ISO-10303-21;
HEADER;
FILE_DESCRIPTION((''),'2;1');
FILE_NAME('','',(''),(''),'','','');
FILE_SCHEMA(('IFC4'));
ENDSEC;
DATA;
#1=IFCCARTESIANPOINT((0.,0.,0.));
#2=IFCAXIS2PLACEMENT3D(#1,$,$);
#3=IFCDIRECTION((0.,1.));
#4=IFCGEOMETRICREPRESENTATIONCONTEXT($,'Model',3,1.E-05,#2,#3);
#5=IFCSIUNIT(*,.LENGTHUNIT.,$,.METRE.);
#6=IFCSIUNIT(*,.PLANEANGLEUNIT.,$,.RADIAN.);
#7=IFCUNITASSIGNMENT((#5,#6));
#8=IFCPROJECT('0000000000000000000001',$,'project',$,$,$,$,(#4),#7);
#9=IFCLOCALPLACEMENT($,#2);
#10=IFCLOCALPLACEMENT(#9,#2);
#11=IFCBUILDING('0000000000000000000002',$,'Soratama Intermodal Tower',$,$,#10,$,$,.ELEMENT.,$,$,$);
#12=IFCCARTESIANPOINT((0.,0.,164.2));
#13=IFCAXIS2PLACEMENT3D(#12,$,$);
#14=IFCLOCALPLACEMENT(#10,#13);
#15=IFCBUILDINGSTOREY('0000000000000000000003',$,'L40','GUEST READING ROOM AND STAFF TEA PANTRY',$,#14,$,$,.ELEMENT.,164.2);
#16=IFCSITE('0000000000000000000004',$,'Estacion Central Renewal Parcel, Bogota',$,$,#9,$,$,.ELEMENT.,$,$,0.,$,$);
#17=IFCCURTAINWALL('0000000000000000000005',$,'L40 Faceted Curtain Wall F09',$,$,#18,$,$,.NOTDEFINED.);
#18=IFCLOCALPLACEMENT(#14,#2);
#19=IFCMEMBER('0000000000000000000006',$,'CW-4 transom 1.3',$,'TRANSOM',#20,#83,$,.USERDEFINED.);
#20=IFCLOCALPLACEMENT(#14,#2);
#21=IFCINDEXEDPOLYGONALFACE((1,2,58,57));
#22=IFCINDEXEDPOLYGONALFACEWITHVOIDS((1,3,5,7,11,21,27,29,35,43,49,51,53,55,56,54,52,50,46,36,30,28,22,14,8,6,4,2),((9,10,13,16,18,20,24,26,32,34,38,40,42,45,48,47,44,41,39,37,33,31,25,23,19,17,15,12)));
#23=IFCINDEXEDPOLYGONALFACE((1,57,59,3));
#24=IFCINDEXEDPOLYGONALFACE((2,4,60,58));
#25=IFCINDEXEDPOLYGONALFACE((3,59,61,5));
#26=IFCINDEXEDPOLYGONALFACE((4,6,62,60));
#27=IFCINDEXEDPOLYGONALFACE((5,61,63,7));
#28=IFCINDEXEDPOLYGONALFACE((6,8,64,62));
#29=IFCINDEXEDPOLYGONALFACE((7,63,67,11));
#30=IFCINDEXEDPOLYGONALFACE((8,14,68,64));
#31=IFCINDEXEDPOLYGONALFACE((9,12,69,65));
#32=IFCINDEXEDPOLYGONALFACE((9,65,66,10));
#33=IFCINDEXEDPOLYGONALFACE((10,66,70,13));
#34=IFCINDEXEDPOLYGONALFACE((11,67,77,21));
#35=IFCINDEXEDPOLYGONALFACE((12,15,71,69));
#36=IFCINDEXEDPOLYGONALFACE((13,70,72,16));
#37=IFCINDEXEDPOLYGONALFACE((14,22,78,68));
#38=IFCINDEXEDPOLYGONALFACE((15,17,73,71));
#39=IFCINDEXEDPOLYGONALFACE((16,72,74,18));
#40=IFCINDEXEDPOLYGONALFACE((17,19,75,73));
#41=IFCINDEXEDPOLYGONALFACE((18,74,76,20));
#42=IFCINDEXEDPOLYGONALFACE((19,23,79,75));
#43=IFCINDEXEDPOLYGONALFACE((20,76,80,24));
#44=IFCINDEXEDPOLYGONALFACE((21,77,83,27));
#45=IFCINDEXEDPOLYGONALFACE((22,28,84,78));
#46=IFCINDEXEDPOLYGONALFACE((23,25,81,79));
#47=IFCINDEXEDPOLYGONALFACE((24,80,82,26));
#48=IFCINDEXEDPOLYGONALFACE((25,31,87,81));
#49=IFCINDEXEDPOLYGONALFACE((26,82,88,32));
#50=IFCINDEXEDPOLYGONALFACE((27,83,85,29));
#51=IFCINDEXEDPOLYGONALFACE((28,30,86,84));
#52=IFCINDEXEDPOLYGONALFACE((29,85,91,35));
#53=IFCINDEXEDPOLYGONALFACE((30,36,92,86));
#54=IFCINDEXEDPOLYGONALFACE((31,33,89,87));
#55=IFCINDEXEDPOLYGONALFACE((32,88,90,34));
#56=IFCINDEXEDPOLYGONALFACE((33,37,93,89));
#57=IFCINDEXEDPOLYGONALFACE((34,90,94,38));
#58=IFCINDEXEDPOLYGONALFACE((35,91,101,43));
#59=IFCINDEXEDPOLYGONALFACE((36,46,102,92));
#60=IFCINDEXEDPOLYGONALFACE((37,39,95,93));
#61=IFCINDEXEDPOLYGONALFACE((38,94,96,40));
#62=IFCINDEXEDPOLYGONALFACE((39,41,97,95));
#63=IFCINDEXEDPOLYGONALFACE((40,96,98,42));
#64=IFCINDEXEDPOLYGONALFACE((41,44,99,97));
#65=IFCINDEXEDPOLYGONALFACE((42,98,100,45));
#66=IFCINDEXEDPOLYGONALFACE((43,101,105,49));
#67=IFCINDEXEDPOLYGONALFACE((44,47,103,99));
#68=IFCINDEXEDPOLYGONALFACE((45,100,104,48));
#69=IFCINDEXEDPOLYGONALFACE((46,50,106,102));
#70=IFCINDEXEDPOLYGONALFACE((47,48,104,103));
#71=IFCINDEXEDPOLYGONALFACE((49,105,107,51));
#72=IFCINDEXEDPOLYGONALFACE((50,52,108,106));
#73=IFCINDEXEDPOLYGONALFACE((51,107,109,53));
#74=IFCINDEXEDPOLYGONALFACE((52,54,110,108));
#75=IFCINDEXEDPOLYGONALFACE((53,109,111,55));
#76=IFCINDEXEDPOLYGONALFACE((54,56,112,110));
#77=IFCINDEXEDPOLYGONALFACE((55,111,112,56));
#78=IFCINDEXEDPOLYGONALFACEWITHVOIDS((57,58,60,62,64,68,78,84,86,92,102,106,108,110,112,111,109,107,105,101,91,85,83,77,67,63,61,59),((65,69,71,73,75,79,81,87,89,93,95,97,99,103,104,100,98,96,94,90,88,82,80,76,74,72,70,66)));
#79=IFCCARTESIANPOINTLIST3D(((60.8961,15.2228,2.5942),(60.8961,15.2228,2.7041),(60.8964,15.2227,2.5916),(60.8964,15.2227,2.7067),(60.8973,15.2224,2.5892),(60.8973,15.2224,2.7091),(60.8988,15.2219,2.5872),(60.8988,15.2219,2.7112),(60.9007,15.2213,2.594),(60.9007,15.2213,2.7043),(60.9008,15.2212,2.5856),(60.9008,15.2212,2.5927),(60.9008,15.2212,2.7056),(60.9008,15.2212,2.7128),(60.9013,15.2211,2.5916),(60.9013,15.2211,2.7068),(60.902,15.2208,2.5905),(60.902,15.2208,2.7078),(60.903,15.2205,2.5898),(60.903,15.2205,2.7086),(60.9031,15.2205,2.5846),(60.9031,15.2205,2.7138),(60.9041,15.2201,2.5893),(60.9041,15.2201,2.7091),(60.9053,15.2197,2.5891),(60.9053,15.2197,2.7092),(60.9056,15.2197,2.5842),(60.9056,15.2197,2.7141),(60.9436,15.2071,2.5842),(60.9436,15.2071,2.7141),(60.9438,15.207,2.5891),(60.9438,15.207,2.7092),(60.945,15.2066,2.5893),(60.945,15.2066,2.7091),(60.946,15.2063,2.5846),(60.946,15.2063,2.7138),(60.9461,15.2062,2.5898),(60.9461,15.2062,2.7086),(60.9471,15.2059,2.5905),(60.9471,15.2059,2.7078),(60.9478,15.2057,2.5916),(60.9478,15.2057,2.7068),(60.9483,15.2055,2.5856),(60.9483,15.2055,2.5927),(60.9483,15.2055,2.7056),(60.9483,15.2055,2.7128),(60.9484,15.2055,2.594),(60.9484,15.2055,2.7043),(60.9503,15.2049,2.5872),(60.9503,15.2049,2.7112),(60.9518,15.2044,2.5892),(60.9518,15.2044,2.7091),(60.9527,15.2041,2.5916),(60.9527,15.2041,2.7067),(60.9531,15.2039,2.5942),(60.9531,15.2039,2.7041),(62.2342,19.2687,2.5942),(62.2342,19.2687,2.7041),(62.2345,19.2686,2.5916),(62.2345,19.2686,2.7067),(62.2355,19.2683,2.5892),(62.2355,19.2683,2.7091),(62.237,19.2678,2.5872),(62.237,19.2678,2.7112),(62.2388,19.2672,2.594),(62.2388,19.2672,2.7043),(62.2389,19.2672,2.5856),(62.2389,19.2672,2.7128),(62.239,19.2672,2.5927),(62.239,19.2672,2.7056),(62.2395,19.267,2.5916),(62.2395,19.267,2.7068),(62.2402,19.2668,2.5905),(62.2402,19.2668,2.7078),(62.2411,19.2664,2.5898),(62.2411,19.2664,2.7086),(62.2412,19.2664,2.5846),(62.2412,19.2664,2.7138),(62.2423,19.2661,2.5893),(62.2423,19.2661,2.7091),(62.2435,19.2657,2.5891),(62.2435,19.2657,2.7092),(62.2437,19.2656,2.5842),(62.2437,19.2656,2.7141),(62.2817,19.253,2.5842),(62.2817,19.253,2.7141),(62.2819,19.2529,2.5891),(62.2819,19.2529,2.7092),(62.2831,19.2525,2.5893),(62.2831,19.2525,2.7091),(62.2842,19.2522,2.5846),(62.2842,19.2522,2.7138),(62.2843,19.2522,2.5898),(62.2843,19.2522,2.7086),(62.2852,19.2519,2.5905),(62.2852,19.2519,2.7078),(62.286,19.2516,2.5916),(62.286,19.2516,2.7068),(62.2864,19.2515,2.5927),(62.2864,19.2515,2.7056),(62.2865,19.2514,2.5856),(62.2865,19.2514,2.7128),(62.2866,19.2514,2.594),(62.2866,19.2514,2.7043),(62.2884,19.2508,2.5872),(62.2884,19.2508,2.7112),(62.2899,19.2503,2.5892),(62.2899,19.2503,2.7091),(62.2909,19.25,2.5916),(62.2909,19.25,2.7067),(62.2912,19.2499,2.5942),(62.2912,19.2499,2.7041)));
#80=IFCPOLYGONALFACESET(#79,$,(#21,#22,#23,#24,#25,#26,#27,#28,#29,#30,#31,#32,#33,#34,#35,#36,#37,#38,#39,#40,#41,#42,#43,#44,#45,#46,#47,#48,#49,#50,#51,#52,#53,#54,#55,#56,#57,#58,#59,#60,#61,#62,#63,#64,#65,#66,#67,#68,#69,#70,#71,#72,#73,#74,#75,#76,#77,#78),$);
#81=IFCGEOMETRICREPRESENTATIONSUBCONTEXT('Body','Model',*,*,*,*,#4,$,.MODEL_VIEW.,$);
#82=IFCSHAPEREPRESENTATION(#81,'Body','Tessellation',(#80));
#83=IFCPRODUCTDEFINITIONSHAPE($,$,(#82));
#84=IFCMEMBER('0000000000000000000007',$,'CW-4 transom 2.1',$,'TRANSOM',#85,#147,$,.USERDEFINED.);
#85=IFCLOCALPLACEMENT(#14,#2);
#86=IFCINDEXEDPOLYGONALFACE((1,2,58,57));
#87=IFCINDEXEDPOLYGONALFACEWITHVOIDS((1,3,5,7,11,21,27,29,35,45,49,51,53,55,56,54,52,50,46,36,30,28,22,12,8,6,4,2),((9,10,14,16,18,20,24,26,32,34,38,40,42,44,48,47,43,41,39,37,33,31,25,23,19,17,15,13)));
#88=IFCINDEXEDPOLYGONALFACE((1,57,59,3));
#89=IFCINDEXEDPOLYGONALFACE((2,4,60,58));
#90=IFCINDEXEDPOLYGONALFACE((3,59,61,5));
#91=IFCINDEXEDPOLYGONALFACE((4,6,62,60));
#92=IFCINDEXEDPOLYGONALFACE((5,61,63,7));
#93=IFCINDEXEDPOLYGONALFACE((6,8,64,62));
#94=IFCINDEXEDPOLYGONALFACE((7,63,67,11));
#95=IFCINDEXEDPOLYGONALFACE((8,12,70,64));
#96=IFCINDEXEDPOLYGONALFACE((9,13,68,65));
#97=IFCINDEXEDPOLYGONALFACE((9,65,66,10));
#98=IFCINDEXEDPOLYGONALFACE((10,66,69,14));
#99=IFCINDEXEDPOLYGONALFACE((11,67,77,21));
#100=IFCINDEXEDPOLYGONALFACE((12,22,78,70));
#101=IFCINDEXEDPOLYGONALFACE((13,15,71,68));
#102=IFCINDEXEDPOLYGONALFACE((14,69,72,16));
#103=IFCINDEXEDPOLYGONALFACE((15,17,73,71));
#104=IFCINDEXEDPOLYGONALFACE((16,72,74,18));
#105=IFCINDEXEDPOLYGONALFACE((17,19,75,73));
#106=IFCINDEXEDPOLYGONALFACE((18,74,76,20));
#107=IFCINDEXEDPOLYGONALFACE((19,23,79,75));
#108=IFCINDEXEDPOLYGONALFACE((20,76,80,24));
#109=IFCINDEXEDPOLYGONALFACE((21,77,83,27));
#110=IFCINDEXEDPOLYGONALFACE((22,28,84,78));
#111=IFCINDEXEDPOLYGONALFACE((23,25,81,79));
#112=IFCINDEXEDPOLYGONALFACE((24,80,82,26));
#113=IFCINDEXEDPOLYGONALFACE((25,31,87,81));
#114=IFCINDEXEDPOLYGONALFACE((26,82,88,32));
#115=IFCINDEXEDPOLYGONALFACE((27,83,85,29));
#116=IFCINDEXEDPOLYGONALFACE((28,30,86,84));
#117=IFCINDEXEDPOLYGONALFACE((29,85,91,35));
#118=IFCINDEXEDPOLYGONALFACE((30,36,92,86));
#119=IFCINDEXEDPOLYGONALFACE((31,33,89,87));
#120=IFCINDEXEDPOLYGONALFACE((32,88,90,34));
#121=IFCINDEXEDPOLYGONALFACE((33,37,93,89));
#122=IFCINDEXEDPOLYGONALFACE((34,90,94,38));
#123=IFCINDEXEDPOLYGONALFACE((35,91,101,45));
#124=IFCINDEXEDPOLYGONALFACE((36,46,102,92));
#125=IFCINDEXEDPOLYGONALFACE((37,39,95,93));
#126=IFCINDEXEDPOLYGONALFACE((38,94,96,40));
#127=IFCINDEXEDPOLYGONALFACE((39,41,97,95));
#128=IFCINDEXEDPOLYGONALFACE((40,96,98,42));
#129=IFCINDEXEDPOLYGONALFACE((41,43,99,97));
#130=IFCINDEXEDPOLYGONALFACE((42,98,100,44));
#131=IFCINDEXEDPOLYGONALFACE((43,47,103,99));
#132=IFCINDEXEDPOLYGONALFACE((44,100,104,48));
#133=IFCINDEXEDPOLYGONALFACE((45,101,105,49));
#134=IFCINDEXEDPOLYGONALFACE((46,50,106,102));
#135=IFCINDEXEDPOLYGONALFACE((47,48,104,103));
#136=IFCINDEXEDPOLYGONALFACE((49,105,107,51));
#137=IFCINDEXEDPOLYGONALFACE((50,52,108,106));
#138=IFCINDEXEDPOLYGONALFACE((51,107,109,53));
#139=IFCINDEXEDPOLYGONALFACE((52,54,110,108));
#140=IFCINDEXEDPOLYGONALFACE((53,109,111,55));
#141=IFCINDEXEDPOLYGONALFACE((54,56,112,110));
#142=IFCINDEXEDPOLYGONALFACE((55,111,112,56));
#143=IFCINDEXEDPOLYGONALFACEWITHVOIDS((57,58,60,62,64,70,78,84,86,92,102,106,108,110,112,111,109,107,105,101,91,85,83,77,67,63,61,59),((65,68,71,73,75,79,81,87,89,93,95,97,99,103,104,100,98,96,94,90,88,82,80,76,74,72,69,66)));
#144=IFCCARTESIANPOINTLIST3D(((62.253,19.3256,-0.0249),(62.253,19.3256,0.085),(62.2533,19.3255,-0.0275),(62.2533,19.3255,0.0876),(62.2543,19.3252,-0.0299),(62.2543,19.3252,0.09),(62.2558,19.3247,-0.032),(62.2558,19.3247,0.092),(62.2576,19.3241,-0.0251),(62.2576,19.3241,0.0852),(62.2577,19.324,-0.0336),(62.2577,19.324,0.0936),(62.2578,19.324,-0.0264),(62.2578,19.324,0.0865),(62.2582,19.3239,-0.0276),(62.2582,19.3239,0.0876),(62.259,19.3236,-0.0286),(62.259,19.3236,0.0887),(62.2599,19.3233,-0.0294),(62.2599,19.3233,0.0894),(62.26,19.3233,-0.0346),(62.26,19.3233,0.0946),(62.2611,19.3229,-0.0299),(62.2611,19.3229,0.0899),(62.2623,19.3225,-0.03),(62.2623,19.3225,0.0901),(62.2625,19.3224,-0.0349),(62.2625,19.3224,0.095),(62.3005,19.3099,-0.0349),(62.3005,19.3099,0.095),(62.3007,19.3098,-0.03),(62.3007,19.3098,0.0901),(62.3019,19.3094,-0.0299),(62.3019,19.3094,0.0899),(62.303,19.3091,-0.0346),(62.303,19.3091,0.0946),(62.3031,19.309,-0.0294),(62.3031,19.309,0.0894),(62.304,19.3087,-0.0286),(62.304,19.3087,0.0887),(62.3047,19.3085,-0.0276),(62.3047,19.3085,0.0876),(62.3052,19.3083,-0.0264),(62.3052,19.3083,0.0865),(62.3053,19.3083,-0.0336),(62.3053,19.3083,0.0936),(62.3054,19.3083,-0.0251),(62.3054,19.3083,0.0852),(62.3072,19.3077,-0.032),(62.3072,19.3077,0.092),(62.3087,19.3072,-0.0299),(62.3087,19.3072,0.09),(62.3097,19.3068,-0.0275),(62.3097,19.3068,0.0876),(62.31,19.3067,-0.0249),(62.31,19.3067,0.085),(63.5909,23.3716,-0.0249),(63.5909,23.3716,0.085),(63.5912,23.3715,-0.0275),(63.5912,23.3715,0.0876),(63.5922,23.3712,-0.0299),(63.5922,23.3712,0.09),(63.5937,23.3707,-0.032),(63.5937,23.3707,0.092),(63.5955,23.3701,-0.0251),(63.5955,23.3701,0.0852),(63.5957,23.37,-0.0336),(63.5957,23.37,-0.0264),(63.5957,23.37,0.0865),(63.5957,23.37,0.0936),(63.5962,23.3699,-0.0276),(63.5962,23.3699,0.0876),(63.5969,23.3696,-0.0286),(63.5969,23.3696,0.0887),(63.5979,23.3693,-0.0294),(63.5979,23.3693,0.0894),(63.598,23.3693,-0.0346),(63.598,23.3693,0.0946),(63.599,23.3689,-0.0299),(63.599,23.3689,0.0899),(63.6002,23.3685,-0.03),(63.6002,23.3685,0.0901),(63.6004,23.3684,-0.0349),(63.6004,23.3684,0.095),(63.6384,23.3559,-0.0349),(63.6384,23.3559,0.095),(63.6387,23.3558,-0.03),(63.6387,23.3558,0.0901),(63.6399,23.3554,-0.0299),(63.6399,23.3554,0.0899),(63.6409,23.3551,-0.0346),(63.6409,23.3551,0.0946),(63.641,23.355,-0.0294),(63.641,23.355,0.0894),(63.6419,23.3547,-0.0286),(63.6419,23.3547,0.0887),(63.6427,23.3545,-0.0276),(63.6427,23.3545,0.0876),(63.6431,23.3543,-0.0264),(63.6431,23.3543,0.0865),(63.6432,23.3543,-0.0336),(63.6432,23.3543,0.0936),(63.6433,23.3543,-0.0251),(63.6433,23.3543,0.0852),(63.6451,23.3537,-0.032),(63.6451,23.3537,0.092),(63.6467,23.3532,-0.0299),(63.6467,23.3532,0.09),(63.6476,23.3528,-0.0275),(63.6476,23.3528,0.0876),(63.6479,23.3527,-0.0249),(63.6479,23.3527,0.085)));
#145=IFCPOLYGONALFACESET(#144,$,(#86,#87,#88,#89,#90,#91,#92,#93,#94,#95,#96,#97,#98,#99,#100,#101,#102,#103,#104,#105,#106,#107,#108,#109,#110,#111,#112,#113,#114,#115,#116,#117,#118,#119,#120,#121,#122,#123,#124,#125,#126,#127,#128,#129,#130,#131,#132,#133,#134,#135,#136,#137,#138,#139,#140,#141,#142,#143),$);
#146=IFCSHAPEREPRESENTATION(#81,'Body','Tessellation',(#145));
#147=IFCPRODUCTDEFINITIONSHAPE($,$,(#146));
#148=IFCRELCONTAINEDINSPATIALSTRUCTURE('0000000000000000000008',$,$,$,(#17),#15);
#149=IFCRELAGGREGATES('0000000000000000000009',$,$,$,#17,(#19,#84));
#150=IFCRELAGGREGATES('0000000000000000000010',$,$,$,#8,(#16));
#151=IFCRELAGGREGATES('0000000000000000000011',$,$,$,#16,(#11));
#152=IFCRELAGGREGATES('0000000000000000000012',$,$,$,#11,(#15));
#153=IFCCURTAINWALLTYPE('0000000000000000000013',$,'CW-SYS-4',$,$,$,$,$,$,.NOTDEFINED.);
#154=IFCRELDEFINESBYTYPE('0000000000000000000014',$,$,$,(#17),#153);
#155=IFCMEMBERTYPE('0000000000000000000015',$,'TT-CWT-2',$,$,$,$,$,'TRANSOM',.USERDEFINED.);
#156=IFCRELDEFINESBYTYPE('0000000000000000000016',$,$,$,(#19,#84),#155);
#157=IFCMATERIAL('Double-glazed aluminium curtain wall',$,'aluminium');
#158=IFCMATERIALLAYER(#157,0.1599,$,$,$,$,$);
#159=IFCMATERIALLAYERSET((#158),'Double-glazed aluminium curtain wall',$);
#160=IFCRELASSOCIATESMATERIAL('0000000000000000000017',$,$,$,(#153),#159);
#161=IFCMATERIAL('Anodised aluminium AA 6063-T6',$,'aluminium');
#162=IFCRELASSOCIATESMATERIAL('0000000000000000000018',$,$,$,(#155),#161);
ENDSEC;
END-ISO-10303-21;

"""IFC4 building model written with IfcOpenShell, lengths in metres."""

from ifc_helpers import new_model, si_unit, direction, frame, origin, origin_2d, place, context, subcontext, project, spatial, hollow_rectangle, extrude, material, layer, layer_set, material_profile, profile_set, type_object, element, aggregate, save


model = new_model("IFC4")

# Units and contexts
model_context = context("Model", 3, precision=1e-05, world=origin(), true_north=direction((0.0, 1.0)))
body_context = subcontext(model_context, "Body", "Model", "MODEL_VIEW")
ifc_project = project(units=[si_unit("LENGTHUNIT", "METRE"), si_unit("PLANEANGLEUNIT", "RADIAN")], contexts=[model_context])

# Site, building, storey
site_placement = place(None, origin())
site = spatial("IfcSite", under=ifc_project, at=site_placement, Name="Estacion Central Renewal Parcel, Bogota", CompositionType="ELEMENT", RefElevation=0.0)
building_placement = place(site_placement, origin())
building = spatial("IfcBuilding", under=site, at=building_placement, Name="Soratama Intermodal Tower", CompositionType="ELEMENT")
storey_placement = place(building_placement, frame((0.0, 0.0, 164.2)))
storey = spatial("IfcBuildingStorey", under=building, at=storey_placement, Name="L40", Description="GUEST READING ROOM AND STAFF TEA PANTRY", CompositionType="ELEMENT", Elevation=164.2)

# Curtain wall, members
ifc_material_1 = material(Name="Double-glazed aluminium curtain wall", Category="aluminium")
ifc_layer_1 = layer(ifc_material_1, 0.1599)
ifc_layer_set_1 = layer_set([ifc_layer_1], Name="Double-glazed aluminium curtain wall")
curtain_wall_type = type_object("IfcCurtainWallType", Name="CW-SYS-4", PredefinedType="NOTDEFINED", material=ifc_layer_set_1)
curtain_wall_placement = place(storey_placement, origin())
curtain_wall = element("IfcCurtainWall", 1, at=curtain_wall_placement, inside=storey, type_object=curtain_wall_type, Name="L40 Faceted Curtain Wall F09", PredefinedType="NOTDEFINED")
ifc_material_2 = material(Name="Anodised aluminium AA 6063-T6", Category="aluminium")
ifc_material_profile_1 = material_profile(ifc_material_2, hollow_rectangle(XDim=0.0601, YDim=0.1299, WallThickness=0.0049, InnerFilletRadius=0.0049, OuterFilletRadius=0.01, at=origin_2d()), Name="CWT130X60X5")
ifc_profile_set_1 = profile_set([ifc_material_profile_1], Name="Anodised aluminium AA 6063-T6")
member_type_1 = type_object("IfcMemberType", Name="TT-CWT-2", ElementType="TRANSOM", PredefinedType="USERDEFINED", material=ifc_profile_set_1)
member_1_placement = place(storey_placement, frame((60.9246, 15.2134, 2.6492), z_axis=(0.31401, 0.94942, 0.0), x_axis=(-0.94942, 0.31401, 0.0)))
member_1 = element("IfcMember", 2, at=member_1_placement, type_object=member_type_1, Name="CW-4 transom 1.3", ObjectType="TRANSOM", PredefinedType="USERDEFINED", context=body_context, shape_type="SweptSolid", body=[
    extrude(hollow_rectangle(XDim=0.0601, YDim=0.1299, WallThickness=0.0049, InnerFilletRadius=0.0049, OuterFilletRadius=0.01, at=origin_2d()), origin(), (0.0, 0.0, 1.0), 4.2615),
])
member_2_placement = place(storey_placement, frame((62.2815, 19.3162, 0.03), z_axis=(0.313958, 0.949437, 0.0), x_axis=(-0.949437, 0.313958, 0.0)))
member_2 = element("IfcMember", 3, at=member_2_placement, type_object=member_type_1, Name="CW-4 transom 2.1", ObjectType="TRANSOM", PredefinedType="USERDEFINED", context=body_context, shape_type="SweptSolid", body=[
    extrude(hollow_rectangle(XDim=0.0601, YDim=0.1299, WallThickness=0.0049, InnerFilletRadius=0.0049, OuterFilletRadius=0.01, at=origin_2d()), origin(), (0.0, 0.0, 1.0), 4.2615),
])
aggregate(curtain_wall, [member_1, member_2])

save(model, "model.ifc")
